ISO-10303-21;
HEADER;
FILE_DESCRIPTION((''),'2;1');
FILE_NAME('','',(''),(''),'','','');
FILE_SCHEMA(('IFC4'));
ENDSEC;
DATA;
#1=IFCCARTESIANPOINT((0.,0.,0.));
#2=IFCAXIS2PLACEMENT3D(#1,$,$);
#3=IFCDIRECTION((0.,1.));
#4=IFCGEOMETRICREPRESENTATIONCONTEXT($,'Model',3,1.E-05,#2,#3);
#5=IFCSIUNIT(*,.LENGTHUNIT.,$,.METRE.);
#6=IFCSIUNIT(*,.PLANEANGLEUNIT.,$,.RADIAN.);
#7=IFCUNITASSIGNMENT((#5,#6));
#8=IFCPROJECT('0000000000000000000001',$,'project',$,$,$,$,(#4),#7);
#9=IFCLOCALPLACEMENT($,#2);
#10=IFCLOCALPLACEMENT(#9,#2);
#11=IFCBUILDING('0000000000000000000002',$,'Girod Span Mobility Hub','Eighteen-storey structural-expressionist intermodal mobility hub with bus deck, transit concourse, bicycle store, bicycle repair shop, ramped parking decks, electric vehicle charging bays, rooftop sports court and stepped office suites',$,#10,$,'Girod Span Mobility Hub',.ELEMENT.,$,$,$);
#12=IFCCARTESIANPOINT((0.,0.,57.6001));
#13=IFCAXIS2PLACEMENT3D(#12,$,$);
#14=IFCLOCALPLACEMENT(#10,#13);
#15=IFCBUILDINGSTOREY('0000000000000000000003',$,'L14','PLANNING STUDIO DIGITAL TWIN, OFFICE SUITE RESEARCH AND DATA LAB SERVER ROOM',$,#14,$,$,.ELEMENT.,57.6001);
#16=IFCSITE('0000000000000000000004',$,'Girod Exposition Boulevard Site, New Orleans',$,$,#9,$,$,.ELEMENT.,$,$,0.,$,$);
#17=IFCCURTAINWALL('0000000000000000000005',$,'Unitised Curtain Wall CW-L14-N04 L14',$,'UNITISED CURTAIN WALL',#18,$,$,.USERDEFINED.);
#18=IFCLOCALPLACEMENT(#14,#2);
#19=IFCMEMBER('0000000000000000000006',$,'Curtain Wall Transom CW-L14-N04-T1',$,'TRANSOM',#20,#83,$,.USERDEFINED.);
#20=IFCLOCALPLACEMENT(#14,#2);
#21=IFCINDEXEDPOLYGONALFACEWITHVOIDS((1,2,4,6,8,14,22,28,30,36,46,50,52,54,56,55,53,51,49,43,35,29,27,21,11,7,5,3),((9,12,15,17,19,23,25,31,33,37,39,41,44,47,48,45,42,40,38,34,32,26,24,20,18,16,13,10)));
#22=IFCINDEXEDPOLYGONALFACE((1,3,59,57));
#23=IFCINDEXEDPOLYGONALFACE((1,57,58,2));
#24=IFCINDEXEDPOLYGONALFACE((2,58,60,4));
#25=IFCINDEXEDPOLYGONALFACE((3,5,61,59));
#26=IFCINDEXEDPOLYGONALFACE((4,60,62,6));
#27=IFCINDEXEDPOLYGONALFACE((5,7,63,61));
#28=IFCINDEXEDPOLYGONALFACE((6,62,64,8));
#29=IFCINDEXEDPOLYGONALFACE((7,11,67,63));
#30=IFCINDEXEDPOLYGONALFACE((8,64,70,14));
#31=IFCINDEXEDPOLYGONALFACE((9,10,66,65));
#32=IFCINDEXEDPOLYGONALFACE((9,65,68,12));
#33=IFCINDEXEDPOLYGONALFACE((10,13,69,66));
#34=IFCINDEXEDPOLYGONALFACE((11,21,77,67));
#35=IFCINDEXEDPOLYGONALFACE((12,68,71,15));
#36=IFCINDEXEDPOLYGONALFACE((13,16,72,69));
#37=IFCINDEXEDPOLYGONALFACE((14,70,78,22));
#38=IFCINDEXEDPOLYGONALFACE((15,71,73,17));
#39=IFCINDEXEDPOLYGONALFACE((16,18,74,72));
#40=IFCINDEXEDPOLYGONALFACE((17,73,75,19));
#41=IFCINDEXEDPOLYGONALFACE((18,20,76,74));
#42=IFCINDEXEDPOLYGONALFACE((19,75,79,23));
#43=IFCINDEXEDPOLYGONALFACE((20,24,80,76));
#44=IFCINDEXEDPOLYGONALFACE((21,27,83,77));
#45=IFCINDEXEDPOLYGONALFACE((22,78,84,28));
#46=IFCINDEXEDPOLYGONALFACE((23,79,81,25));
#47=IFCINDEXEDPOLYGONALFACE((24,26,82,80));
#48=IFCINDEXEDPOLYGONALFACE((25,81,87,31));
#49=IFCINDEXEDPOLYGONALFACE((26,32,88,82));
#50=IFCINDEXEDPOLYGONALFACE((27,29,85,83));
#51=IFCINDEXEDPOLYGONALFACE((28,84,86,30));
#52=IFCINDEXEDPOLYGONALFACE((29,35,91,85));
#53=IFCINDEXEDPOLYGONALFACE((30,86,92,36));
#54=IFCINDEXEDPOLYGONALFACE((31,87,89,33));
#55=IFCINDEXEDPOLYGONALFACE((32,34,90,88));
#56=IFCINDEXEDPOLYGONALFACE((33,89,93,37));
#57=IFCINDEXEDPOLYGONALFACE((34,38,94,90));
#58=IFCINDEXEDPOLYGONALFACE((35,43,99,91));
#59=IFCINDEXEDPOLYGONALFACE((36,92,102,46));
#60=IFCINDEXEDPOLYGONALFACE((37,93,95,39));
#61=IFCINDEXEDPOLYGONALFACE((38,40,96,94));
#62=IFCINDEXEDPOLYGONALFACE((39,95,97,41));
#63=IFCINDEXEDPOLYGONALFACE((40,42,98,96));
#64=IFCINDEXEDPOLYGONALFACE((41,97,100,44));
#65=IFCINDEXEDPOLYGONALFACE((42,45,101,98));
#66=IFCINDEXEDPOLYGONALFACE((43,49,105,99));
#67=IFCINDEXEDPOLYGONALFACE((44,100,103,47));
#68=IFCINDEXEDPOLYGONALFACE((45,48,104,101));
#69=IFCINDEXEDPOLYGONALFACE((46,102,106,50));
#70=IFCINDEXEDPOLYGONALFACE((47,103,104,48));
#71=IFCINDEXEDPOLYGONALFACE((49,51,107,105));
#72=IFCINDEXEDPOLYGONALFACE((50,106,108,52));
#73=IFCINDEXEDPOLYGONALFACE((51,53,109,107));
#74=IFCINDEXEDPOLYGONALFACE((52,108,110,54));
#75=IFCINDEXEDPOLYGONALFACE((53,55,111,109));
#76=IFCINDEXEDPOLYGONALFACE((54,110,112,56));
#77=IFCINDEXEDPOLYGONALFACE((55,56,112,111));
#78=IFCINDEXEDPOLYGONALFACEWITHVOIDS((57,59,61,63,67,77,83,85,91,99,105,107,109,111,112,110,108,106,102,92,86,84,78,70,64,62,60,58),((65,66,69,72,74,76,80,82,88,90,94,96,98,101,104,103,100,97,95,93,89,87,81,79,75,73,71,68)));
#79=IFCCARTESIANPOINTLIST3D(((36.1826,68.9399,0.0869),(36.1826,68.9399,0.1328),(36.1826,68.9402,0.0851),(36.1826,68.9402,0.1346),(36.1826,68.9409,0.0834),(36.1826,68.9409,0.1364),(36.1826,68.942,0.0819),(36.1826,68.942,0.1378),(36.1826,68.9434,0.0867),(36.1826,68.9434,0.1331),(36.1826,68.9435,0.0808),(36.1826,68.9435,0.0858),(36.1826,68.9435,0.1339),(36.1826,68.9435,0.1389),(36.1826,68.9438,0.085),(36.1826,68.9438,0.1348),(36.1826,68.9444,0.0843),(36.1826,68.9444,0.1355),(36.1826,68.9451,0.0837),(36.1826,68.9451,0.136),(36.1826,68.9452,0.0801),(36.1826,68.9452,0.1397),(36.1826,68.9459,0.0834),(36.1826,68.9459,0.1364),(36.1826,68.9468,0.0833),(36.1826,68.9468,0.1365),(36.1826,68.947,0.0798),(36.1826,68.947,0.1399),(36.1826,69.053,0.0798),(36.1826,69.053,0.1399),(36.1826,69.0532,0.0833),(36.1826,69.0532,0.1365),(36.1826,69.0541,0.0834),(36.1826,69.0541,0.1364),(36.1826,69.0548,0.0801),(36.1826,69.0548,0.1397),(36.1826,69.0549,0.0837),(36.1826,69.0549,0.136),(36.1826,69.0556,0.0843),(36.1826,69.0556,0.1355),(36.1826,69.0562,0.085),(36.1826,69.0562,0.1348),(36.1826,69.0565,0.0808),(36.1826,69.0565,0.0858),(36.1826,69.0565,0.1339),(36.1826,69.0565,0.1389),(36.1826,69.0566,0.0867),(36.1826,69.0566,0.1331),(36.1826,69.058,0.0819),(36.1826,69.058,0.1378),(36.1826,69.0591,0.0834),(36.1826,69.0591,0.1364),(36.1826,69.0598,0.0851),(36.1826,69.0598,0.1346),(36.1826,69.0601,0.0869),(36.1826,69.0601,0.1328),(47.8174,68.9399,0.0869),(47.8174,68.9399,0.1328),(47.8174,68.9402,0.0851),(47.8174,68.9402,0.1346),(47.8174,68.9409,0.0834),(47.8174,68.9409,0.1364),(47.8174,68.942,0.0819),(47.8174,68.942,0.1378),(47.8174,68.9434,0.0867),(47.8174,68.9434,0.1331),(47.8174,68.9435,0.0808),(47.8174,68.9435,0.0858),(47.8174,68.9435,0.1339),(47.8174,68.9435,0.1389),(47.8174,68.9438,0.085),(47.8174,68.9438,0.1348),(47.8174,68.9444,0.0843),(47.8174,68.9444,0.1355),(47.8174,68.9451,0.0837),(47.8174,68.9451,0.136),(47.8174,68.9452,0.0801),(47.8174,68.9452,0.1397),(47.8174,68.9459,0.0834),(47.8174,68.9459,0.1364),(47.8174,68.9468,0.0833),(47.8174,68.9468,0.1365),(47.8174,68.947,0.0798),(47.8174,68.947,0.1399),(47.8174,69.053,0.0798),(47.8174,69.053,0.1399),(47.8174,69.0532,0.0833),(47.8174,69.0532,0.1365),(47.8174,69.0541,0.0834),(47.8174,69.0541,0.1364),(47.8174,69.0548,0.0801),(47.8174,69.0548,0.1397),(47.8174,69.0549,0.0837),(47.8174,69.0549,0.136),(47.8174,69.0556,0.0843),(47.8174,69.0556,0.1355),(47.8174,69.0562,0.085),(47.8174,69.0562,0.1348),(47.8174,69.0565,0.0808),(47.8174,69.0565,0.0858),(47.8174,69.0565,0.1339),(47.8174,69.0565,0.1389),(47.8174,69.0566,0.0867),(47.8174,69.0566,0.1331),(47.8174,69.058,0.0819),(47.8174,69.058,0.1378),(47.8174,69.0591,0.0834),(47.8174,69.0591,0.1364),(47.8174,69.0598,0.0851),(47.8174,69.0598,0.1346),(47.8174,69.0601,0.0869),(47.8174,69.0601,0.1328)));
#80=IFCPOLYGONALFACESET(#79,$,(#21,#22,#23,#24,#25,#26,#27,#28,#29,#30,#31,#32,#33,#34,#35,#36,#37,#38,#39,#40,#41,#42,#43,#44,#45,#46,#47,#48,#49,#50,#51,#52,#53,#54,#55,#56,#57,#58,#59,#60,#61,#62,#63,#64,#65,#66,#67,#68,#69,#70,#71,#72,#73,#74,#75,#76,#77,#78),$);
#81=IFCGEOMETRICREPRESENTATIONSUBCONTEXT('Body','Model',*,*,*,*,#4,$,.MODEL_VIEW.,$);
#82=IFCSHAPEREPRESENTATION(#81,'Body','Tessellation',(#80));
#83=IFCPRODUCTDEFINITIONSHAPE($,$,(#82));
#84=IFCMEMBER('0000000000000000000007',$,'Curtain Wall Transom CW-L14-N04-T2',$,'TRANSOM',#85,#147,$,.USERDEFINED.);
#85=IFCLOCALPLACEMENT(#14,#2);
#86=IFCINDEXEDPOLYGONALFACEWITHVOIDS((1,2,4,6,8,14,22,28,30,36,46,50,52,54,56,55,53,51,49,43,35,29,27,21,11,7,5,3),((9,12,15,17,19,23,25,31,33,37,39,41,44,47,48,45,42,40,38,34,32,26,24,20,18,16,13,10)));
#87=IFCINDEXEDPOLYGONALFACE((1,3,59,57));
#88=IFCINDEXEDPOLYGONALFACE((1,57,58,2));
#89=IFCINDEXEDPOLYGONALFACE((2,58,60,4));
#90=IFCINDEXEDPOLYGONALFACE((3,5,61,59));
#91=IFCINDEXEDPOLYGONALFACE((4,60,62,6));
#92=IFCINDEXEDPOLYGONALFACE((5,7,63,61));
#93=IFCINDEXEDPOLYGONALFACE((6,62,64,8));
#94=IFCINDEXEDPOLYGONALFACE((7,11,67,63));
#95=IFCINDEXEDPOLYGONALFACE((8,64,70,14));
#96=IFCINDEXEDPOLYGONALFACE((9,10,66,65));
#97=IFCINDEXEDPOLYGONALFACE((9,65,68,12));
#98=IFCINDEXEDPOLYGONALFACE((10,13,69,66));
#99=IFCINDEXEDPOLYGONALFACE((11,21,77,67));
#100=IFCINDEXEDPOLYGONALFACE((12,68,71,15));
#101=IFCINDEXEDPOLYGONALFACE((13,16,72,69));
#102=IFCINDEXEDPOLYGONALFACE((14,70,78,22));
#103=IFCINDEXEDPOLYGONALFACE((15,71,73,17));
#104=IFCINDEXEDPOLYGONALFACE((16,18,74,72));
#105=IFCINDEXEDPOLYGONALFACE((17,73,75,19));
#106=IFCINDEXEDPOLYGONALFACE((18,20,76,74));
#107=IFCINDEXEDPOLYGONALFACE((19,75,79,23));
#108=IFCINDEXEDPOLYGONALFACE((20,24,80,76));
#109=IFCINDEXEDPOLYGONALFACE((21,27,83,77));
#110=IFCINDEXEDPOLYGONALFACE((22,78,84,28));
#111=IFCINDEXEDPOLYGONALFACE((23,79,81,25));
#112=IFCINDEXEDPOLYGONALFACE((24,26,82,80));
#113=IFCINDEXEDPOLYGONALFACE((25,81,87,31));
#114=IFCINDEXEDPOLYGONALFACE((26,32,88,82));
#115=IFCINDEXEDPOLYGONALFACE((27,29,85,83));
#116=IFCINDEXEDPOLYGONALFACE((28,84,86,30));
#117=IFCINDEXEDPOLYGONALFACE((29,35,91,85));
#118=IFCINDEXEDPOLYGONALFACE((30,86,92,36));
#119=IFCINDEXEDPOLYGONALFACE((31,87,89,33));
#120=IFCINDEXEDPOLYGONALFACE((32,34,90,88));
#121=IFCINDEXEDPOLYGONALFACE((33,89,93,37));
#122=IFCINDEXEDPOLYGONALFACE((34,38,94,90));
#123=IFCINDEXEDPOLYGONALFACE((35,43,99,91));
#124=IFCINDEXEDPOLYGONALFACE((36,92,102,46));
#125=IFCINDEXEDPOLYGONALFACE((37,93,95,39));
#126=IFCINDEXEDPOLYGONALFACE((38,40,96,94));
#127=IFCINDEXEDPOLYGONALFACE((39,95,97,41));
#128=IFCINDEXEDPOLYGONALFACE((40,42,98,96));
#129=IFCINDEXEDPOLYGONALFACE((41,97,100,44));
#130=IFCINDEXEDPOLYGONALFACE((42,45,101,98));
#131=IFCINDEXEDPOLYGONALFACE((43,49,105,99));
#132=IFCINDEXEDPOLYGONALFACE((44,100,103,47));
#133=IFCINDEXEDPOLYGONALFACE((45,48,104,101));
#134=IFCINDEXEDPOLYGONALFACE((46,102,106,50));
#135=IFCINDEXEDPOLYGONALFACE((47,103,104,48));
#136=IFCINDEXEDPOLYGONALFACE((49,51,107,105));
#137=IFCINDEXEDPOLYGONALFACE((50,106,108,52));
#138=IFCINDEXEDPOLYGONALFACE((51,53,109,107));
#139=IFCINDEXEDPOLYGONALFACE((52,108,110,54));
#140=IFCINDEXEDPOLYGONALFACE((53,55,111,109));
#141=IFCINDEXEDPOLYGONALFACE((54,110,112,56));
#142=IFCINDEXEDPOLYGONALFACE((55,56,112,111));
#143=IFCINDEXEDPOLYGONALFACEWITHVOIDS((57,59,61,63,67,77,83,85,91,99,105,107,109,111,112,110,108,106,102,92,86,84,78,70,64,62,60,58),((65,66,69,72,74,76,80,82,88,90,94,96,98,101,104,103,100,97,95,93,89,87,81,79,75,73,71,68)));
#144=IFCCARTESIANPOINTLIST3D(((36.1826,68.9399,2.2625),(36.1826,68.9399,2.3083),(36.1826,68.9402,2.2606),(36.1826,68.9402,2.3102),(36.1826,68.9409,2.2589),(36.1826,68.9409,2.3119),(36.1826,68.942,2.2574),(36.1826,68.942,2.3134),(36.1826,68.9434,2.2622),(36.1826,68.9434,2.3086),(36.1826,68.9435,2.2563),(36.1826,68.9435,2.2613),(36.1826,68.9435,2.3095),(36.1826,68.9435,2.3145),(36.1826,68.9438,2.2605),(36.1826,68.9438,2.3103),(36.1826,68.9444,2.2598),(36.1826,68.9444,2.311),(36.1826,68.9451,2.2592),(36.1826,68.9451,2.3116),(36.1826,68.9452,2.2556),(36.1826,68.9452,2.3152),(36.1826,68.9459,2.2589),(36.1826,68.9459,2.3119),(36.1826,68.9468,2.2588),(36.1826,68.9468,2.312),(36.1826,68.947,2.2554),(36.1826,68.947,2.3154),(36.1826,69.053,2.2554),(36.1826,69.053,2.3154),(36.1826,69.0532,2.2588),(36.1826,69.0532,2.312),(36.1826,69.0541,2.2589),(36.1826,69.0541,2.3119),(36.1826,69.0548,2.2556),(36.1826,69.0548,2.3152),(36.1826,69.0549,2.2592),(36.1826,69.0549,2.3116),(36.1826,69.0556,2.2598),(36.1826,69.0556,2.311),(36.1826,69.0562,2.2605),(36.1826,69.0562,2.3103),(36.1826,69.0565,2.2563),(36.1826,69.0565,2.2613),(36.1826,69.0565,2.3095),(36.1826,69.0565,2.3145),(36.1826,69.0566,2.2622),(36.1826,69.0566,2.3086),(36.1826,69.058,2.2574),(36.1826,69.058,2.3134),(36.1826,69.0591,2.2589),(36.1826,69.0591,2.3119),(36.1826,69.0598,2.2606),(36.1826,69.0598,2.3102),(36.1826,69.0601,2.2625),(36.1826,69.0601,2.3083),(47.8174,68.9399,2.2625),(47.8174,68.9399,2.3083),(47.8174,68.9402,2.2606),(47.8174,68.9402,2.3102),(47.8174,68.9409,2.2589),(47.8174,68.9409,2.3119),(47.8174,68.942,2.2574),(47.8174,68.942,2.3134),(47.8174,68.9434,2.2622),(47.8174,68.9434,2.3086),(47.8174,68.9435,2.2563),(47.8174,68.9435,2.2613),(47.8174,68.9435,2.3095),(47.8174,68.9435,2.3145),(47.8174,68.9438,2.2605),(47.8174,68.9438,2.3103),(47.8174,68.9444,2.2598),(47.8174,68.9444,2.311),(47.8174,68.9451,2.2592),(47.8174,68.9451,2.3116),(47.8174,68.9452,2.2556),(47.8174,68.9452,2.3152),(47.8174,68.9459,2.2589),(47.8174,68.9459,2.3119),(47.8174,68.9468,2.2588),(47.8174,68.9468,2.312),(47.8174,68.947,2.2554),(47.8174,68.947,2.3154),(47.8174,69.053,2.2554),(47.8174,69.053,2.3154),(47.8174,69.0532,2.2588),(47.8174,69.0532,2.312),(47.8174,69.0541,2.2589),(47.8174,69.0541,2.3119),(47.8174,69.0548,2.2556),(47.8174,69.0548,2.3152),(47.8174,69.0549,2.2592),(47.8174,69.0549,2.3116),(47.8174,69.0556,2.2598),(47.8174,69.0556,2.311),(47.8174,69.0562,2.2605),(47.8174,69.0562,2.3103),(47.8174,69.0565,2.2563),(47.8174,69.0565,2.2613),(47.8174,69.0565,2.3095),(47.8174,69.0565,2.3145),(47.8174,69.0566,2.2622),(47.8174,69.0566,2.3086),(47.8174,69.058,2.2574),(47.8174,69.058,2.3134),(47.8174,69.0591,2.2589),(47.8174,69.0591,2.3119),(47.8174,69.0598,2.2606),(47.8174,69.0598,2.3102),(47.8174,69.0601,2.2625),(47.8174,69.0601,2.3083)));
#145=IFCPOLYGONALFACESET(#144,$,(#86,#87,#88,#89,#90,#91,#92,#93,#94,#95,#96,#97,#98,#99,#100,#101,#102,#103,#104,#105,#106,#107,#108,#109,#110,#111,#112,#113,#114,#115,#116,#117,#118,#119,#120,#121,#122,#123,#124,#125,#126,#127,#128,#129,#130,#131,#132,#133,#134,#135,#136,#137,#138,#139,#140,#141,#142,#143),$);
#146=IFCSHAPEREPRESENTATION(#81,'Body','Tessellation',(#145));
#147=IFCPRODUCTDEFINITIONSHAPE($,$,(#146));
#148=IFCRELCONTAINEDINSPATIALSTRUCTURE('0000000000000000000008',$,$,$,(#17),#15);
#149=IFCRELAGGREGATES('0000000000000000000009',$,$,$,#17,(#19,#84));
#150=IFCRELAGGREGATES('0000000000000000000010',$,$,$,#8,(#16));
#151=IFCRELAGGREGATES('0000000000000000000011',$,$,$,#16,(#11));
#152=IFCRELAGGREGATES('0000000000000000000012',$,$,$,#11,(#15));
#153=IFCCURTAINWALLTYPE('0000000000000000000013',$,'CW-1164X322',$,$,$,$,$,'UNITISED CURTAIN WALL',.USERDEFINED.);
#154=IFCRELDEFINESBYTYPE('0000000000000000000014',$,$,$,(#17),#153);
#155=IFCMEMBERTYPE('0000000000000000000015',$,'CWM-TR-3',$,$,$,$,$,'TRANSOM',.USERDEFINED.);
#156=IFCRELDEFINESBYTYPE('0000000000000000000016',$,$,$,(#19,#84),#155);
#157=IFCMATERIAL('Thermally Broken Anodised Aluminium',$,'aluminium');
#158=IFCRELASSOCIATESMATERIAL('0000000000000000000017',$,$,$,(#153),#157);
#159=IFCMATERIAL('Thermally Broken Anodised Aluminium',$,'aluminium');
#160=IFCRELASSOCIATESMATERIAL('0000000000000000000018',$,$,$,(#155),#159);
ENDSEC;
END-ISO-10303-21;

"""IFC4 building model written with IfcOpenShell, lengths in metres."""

from ifc_helpers import new_model, si_unit, direction, frame, origin, origin_2d, place, context, subcontext, project, spatial, hollow_rectangle, extrude, material, material_profile, profile_set, type_object, element, aggregate, save


model = new_model("IFC4")

# Units and contexts
model_context = context("Model", 3, precision=1e-05, world=origin(), true_north=direction((0.0, 1.0)))
body_context = subcontext(model_context, "Body", "Model", "MODEL_VIEW")
ifc_project = project(units=[si_unit("LENGTHUNIT", "METRE"), si_unit("PLANEANGLEUNIT", "RADIAN")], contexts=[model_context])

# Site, building, storey
site_placement = place(None, origin())
site = spatial("IfcSite", under=ifc_project, at=site_placement, Name="Girod Exposition Boulevard Site, New Orleans", CompositionType="ELEMENT", RefElevation=0.0)
building_placement = place(site_placement, origin())
building = spatial("IfcBuilding", under=site, at=building_placement, Name="Girod Span Mobility Hub", Description="Eighteen-storey structural-expressionist intermodal mobility hub with bus deck, transit concourse, bicycle store, bicycle repair shop, ramped parking decks, electric vehicle charging bays, rooftop sports court and stepped office suites", LongName="Girod Span Mobility Hub", CompositionType="ELEMENT")
storey_placement = place(building_placement, frame((0.0, 0.0, 57.6001)))
storey = spatial("IfcBuildingStorey", under=building, at=storey_placement, Name="L14", Description="PLANNING STUDIO DIGITAL TWIN, OFFICE SUITE RESEARCH AND DATA LAB SERVER ROOM", CompositionType="ELEMENT", Elevation=57.6001)

# Curtain wall, members
ifc_material_1 = material(Name="Thermally Broken Anodised Aluminium", Category="aluminium")
curtain_wall_type = type_object("IfcCurtainWallType", Name="CW-1164X322", ElementType="UNITISED CURTAIN WALL", PredefinedType="USERDEFINED", material=ifc_material_1)
curtain_wall_placement = place(storey_placement, origin())
curtain_wall = element("IfcCurtainWall", 1, at=curtain_wall_placement, inside=storey, type_object=curtain_wall_type, Name="Unitised Curtain Wall CW-L14-N04 L14", ObjectType="UNITISED CURTAIN WALL", PredefinedType="USERDEFINED")
ifc_material_2 = material(Name="Thermally Broken Anodised Aluminium", Category="aluminium")
ifc_material_profile_1 = material_profile(ifc_material_2, hollow_rectangle(XDim=0.1201, YDim=0.0601, WallThickness=0.0034, InnerFilletRadius=0.0034, OuterFilletRadius=0.0071, at=origin_2d()), Name="CW-TR-60X120")
ifc_profile_set_1 = profile_set([ifc_material_profile_1], Name="Thermally Broken Anodised Aluminium")
member_type_1 = type_object("IfcMemberType", Name="CWM-TR-3", ElementType="TRANSOM", PredefinedType="USERDEFINED", material=ifc_profile_set_1)
member_1_placement = place(storey_placement, frame((36.1826, 69.0, 0.1099), z_axis=(1.0, 0.0, 0.0), x_axis=(0.0, 1.0, 0.0)))
member_1 = element("IfcMember", 2, at=member_1_placement, type_object=member_type_1, Name="Curtain Wall Transom CW-L14-N04-T1", ObjectType="TRANSOM", PredefinedType="USERDEFINED", context=body_context, shape_type="SweptSolid", body=[
    extrude(hollow_rectangle(XDim=0.1201, YDim=0.0601, WallThickness=0.0034, InnerFilletRadius=0.0034, OuterFilletRadius=0.0071, at=origin_2d()), origin(), (0.0, 0.0, 1.0), 11.6348),
])
member_2_placement = place(storey_placement, frame((36.1826, 69.0, 2.2854), z_axis=(1.0, 0.0, 0.0), x_axis=(0.0, 1.0, 0.0)))
member_2 = element("IfcMember", 3, at=member_2_placement, type_object=member_type_1, Name="Curtain Wall Transom CW-L14-N04-T2", ObjectType="TRANSOM", PredefinedType="USERDEFINED", context=body_context, shape_type="SweptSolid", body=[
    extrude(hollow_rectangle(XDim=0.1201, YDim=0.0601, WallThickness=0.0034, InnerFilletRadius=0.0034, OuterFilletRadius=0.0071, at=origin_2d()), origin(), (0.0, 0.0, 1.0), 11.6348),
])
aggregate(curtain_wall, [member_1, member_2])

save(model, "model.ifc")
